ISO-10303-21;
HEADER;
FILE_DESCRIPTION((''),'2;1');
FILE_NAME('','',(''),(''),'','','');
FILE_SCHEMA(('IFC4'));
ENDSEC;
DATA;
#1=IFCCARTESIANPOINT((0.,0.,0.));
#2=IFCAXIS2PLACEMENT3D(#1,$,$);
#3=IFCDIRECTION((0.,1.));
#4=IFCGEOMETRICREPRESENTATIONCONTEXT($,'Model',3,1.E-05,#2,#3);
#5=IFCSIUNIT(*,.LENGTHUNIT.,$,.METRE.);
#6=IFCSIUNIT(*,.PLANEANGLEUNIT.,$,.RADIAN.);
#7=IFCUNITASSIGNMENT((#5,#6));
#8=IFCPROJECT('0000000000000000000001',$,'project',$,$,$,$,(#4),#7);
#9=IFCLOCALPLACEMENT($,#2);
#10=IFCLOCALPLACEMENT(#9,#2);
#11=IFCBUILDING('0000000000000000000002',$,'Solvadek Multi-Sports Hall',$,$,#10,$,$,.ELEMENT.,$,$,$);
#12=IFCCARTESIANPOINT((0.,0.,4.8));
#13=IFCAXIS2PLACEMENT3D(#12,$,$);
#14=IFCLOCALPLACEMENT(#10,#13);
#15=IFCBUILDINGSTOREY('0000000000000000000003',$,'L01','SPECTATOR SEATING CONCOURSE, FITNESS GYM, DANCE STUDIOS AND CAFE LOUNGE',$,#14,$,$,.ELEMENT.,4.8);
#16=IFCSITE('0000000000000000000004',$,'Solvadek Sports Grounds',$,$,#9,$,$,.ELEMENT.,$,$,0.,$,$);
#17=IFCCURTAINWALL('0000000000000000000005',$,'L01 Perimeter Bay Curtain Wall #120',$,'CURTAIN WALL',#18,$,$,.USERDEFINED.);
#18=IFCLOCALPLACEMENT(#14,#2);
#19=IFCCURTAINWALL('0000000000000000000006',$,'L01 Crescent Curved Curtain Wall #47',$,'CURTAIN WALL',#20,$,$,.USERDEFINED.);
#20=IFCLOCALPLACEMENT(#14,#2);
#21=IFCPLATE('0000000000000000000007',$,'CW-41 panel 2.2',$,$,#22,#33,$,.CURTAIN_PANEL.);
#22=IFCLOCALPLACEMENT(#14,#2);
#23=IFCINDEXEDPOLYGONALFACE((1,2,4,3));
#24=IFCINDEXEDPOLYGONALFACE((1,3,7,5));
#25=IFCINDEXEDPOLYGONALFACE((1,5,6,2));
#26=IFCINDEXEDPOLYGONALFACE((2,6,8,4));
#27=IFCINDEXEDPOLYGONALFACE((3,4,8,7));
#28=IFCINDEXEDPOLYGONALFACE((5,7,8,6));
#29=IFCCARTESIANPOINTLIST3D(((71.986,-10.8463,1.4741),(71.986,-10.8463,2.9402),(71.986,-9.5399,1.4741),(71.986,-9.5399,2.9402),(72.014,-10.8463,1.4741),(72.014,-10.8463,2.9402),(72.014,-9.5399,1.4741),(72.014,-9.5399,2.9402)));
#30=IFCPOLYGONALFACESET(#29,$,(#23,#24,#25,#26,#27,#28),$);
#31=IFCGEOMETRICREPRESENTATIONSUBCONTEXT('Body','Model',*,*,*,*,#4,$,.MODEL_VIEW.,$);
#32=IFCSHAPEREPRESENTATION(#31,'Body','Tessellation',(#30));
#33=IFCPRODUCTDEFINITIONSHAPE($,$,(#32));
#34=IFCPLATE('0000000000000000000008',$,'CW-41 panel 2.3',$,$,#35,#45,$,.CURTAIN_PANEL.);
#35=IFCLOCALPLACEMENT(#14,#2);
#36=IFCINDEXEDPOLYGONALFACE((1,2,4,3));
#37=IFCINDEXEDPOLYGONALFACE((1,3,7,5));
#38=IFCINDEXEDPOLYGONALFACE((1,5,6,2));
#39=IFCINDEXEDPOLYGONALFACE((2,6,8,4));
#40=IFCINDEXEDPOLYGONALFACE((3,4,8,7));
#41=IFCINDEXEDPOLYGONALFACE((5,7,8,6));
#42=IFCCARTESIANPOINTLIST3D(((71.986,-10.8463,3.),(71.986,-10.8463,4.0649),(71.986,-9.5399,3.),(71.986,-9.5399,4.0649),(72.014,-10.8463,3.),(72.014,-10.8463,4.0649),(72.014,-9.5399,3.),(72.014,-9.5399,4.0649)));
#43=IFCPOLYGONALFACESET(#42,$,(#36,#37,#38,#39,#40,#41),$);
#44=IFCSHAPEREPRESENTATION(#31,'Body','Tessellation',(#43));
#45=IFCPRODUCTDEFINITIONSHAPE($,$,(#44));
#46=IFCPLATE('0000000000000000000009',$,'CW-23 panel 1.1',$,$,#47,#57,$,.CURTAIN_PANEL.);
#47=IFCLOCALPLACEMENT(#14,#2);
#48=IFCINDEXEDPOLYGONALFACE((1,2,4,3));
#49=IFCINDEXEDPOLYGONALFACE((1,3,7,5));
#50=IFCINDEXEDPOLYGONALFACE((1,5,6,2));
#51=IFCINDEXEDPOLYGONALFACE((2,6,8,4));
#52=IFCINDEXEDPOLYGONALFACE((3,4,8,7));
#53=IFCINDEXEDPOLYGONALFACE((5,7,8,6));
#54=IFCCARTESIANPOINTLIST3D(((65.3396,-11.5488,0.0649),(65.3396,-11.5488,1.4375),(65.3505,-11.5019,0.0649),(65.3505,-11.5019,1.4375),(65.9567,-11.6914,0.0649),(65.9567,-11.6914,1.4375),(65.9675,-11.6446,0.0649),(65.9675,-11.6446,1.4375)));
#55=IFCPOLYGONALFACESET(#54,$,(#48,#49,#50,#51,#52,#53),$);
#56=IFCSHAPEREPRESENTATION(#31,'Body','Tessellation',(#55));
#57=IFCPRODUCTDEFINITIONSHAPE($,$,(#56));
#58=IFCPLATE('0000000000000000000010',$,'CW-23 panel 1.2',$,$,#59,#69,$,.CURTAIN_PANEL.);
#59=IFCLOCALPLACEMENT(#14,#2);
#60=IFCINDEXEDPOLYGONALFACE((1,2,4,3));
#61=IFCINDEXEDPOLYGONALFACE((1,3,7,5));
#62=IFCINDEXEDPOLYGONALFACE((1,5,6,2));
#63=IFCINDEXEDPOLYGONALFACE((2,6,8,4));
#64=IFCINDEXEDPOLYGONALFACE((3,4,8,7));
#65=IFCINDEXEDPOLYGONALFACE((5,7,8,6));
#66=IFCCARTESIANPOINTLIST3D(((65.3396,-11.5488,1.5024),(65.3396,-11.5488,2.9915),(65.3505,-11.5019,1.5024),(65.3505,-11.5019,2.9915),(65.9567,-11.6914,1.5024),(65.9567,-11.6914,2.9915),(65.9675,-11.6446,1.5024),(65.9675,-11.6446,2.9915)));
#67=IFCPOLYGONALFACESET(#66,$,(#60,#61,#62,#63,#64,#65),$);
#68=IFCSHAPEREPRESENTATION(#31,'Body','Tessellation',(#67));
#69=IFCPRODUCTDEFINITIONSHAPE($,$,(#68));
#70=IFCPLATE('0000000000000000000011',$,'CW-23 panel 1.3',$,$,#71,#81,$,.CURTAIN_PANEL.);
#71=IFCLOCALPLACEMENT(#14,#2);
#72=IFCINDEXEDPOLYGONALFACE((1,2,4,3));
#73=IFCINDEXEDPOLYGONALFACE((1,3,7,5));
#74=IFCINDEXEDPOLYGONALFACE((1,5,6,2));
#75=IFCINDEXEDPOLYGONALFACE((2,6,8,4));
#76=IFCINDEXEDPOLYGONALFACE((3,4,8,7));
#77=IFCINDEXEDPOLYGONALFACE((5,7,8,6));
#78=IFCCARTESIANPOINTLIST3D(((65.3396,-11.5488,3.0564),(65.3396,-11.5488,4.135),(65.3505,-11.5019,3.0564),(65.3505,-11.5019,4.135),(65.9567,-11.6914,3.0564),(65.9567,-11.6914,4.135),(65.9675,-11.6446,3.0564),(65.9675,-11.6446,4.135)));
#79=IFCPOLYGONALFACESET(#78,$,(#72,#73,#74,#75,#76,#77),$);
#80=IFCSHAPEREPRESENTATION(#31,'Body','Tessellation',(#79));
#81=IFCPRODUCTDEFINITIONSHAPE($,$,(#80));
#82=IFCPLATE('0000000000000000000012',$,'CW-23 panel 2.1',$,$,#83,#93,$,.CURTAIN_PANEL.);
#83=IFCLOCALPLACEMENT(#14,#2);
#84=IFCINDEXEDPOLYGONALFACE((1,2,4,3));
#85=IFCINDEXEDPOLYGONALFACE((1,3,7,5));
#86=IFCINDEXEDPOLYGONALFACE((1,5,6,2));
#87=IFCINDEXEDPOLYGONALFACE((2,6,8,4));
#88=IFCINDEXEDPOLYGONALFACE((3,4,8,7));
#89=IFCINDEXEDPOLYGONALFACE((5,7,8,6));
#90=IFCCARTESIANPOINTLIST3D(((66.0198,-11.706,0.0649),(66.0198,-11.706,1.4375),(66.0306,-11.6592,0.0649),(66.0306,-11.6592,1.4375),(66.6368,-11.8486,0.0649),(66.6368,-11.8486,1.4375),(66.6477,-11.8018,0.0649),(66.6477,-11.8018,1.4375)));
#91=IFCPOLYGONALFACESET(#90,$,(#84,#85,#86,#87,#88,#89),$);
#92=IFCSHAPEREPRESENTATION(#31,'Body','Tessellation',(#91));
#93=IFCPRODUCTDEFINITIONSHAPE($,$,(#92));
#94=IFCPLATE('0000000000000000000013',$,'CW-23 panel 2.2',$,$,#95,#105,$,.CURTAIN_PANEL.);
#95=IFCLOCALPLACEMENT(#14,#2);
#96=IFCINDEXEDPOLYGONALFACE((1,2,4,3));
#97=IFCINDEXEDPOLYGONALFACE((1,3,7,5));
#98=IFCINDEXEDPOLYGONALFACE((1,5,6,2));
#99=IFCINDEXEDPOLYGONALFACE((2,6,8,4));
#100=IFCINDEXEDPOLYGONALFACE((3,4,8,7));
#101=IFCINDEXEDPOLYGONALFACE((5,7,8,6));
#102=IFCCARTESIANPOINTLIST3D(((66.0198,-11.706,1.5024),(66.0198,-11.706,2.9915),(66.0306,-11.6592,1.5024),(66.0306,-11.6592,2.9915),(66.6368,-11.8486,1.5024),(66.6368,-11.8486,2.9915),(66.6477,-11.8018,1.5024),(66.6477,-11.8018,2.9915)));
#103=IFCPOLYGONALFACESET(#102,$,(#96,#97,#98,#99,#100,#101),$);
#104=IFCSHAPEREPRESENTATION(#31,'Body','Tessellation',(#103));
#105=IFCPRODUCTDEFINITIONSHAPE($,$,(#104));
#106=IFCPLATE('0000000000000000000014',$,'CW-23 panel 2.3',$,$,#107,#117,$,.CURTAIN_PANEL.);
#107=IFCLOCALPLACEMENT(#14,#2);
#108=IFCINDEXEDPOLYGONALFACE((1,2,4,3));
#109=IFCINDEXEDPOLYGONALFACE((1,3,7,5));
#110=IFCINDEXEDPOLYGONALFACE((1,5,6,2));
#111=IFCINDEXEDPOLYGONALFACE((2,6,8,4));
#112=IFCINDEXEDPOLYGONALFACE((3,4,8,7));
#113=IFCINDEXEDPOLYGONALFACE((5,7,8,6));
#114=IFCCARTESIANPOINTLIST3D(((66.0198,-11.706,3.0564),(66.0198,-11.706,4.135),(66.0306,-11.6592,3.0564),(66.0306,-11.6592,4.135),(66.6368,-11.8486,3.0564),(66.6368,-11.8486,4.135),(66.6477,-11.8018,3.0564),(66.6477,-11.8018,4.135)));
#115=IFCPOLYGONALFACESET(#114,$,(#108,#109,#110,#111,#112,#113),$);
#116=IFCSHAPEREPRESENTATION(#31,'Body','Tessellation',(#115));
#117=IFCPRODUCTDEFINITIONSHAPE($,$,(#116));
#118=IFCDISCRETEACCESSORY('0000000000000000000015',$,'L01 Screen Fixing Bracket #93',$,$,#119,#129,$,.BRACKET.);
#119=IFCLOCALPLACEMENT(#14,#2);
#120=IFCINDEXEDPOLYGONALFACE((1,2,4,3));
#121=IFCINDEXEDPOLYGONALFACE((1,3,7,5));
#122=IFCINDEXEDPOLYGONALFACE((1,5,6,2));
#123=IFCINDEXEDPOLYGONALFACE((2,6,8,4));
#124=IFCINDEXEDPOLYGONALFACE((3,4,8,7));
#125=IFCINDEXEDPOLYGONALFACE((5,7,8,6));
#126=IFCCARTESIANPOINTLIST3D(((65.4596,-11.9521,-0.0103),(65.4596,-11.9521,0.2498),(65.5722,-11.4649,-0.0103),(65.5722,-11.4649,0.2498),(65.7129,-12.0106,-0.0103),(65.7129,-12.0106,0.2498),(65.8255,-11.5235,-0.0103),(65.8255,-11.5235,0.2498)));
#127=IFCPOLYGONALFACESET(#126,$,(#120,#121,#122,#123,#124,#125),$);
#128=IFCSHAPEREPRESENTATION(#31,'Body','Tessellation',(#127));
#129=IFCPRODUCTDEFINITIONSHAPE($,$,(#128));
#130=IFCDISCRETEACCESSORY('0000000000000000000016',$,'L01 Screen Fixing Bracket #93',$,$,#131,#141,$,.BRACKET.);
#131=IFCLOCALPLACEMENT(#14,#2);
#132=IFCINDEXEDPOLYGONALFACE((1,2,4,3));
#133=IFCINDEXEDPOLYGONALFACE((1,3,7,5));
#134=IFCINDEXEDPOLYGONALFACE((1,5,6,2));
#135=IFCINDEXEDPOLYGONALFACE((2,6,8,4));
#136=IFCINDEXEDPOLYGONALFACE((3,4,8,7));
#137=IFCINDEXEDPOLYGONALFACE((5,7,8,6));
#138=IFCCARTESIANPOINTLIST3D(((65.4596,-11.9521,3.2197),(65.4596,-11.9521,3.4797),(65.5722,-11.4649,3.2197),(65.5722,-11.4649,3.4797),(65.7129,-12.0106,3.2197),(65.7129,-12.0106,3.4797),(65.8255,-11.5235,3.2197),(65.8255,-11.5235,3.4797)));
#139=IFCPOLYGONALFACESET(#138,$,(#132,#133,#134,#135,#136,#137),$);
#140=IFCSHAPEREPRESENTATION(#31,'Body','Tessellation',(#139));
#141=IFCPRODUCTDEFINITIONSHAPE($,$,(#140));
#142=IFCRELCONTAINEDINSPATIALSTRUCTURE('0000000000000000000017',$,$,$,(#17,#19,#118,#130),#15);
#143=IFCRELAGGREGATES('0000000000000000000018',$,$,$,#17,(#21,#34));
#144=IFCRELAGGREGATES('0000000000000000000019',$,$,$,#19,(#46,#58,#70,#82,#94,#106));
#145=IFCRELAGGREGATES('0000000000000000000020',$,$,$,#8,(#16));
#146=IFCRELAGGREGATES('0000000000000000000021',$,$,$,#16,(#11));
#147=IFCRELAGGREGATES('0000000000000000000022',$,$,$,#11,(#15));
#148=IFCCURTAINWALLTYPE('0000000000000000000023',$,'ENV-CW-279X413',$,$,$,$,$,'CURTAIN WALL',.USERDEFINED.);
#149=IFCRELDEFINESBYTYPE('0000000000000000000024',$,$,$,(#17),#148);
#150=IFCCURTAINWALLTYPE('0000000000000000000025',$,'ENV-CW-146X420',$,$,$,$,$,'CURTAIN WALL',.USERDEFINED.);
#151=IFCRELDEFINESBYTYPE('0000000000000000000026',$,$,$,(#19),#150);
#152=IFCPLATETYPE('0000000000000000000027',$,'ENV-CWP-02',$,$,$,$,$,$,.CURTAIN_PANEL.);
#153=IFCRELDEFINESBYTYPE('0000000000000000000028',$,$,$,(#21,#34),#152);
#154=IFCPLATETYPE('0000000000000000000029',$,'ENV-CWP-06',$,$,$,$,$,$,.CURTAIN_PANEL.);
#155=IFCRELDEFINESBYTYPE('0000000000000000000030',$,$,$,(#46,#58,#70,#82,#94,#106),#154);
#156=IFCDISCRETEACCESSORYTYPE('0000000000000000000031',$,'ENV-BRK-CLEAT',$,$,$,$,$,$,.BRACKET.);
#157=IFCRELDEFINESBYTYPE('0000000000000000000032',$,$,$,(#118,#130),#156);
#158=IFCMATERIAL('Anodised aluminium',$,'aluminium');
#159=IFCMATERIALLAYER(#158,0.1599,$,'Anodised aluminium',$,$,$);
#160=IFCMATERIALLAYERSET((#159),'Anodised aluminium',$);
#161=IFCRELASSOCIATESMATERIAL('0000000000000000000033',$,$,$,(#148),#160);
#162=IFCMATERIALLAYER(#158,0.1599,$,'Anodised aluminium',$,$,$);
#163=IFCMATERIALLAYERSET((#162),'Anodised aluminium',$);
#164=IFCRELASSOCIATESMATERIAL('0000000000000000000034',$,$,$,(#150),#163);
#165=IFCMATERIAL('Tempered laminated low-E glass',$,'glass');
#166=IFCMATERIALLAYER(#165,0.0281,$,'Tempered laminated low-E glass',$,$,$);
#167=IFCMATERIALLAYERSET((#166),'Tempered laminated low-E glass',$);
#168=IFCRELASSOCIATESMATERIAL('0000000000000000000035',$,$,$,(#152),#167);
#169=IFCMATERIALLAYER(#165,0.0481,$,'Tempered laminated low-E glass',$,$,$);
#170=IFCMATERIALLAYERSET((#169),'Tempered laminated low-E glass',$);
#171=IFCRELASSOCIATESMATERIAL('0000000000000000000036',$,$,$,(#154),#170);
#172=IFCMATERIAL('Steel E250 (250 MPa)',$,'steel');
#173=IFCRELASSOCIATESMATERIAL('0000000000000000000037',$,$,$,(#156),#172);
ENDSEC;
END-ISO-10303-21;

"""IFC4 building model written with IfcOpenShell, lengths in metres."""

from ifc_helpers import new_model, si_unit, direction, frame, origin, origin_2d, place, context, subcontext, project, spatial, rectangle, extrude, material, layer, layer_set, type_object, element, aggregate, save


model = new_model("IFC4")

# Units and contexts
model_context = context("Model", 3, precision=1e-05, world=origin(), true_north=direction((0.0, 1.0)))
body_context = subcontext(model_context, "Body", "Model", "MODEL_VIEW")
ifc_project = project(units=[si_unit("LENGTHUNIT", "METRE"), si_unit("PLANEANGLEUNIT", "RADIAN")], contexts=[model_context])

# Site, building, storey
site_placement = place(None, origin())
site = spatial("IfcSite", under=ifc_project, at=site_placement, Name="Solvadek Sports Grounds", CompositionType="ELEMENT", RefElevation=0.0)
building_placement = place(site_placement, origin())
building = spatial("IfcBuilding", under=site, at=building_placement, Name="Solvadek Multi-Sports Hall", CompositionType="ELEMENT")
storey_placement = place(building_placement, frame((0.0, 0.0, 4.8)))
storey = spatial("IfcBuildingStorey", under=building, at=storey_placement, Name="L01", Description="SPECTATOR SEATING CONCOURSE, FITNESS GYM, DANCE STUDIOS AND CAFE LOUNGE", CompositionType="ELEMENT", Elevation=4.8)

# Curtain walls
ifc_material_1 = material(Name="Anodised aluminium", Category="aluminium")
ifc_layer_1 = layer(ifc_material_1, 0.1599, Name="Anodised aluminium")
ifc_layer_set_1 = layer_set([ifc_layer_1], Name="Anodised aluminium")
curtain_wall_type_1 = type_object("IfcCurtainWallType", Name="ENV-CW-279X413", ElementType="CURTAIN WALL", PredefinedType="USERDEFINED", material=ifc_layer_set_1)
curtain_wall_1_placement = place(storey_placement, origin())
curtain_wall_1 = element("IfcCurtainWall", 1, at=curtain_wall_1_placement, inside=storey, type_object=curtain_wall_type_1, Name="L01 Perimeter Bay Curtain Wall #120", ObjectType="CURTAIN WALL", PredefinedType="USERDEFINED")
ifc_layer_2 = layer(ifc_material_1, 0.1599, Name="Anodised aluminium")
ifc_layer_set_2 = layer_set([ifc_layer_2], Name="Anodised aluminium")
curtain_wall_type_2 = type_object("IfcCurtainWallType", Name="ENV-CW-146X420", ElementType="CURTAIN WALL", PredefinedType="USERDEFINED", material=ifc_layer_set_2)
curtain_wall_2_placement = place(storey_placement, origin())
curtain_wall_2 = element("IfcCurtainWall", 2, at=curtain_wall_2_placement, inside=storey, type_object=curtain_wall_type_2, Name="L01 Crescent Curved Curtain Wall #47", ObjectType="CURTAIN WALL", PredefinedType="USERDEFINED")

# Plates
ifc_material_2 = material(Name="Tempered laminated low-E glass", Category="glass")
ifc_layer_3 = layer(ifc_material_2, 0.0281, Name="Tempered laminated low-E glass")
ifc_layer_set_3 = layer_set([ifc_layer_3], Name="Tempered laminated low-E glass")
plate_type_1 = type_object("IfcPlateType", Name="ENV-CWP-02", PredefinedType="CURTAIN_PANEL", material=ifc_layer_set_3)
plate_1_placement = place(storey_placement, frame((72.0, -10.1931, 1.4741), z_axis=(0.0, 0.0, 1.0), x_axis=(0.0, 1.0, 0.0)))
plate_1 = element("IfcPlate", 3, at=plate_1_placement, type_object=plate_type_1, Name="CW-41 panel 2.2", PredefinedType="CURTAIN_PANEL", context=body_context, shape_type="SweptSolid", body=[
    extrude(rectangle(XDim=1.3064, YDim=0.0281, at=origin_2d()), origin(), (0.0, 0.0, 1.0), 1.4661),
])
plate_2_placement = place(storey_placement, frame((72.0, -10.1931, 3.0), z_axis=(0.0, 0.0, 1.0), x_axis=(0.0, 1.0, 0.0)))
plate_2 = element("IfcPlate", 4, at=plate_2_placement, type_object=plate_type_1, Name="CW-41 panel 2.3", PredefinedType="CURTAIN_PANEL", context=body_context, shape_type="SweptSolid", body=[
    extrude(rectangle(XDim=1.3064, YDim=0.0281, at=origin_2d()), origin(), (0.0, 0.0, 1.0), 1.0649),
])
aggregate(curtain_wall_1, [plate_1, plate_2])
ifc_layer_4 = layer(ifc_material_2, 0.0481, Name="Tempered laminated low-E glass")
ifc_layer_set_4 = layer_set([ifc_layer_4], Name="Tempered laminated low-E glass")
plate_type_2 = type_object("IfcPlateType", Name="ENV-CWP-06", PredefinedType="CURTAIN_PANEL", material=ifc_layer_set_4)
plate_3_placement = place(storey_placement, frame((65.6536, -11.5967, 0.0649), z_axis=(0.0, 0.0, 1.0), x_axis=(0.974315, -0.225189, 0.0)))
plate_3 = element("IfcPlate", 5, at=plate_3_placement, type_object=plate_type_2, Name="CW-23 panel 1.1", PredefinedType="CURTAIN_PANEL", context=body_context, shape_type="SweptSolid", body=[
    extrude(rectangle(XDim=0.6333, YDim=0.0481, at=origin_2d()), origin(), (0.0, 0.0, 1.0), 1.3726),
])
plate_4_placement = place(storey_placement, frame((65.6536, -11.5967, 1.5024), z_axis=(0.0, 0.0, 1.0), x_axis=(0.974315, -0.225189, 0.0)))
plate_4 = element("IfcPlate", 6, at=plate_4_placement, type_object=plate_type_2, Name="CW-23 panel 1.2", PredefinedType="CURTAIN_PANEL", context=body_context, shape_type="SweptSolid", body=[
    extrude(rectangle(XDim=0.6333, YDim=0.0481, at=origin_2d()), origin(), (0.0, 0.0, 1.0), 1.489),
])
plate_5_placement = place(storey_placement, frame((65.6536, -11.5967, 3.0564), z_axis=(0.0, 0.0, 1.0), x_axis=(0.974315, -0.225189, 0.0)))
plate_5 = element("IfcPlate", 7, at=plate_5_placement, type_object=plate_type_2, Name="CW-23 panel 1.3", PredefinedType="CURTAIN_PANEL", context=body_context, shape_type="SweptSolid", body=[
    extrude(rectangle(XDim=0.6333, YDim=0.0481, at=origin_2d()), origin(), (0.0, 0.0, 1.0), 1.0786),
])
plate_6_placement = place(storey_placement, frame((66.3337, -11.7539, 0.0649), z_axis=(0.0, 0.0, 1.0), x_axis=(0.974315, -0.225189, 0.0)))
plate_6 = element("IfcPlate", 8, at=plate_6_placement, type_object=plate_type_2, Name="CW-23 panel 2.1", PredefinedType="CURTAIN_PANEL", context=body_context, shape_type="SweptSolid", body=[
    extrude(rectangle(XDim=0.6333, YDim=0.0481, at=origin_2d()), origin(), (0.0, 0.0, 1.0), 1.3726),
])
plate_7_placement = place(storey_placement, frame((66.3337, -11.7539, 1.5024), z_axis=(0.0, 0.0, 1.0), x_axis=(0.974315, -0.225189, 0.0)))
plate_7 = element("IfcPlate", 9, at=plate_7_placement, type_object=plate_type_2, Name="CW-23 panel 2.2", PredefinedType="CURTAIN_PANEL", context=body_context, shape_type="SweptSolid", body=[
    extrude(rectangle(XDim=0.6333, YDim=0.0481, at=origin_2d()), origin(), (0.0, 0.0, 1.0), 1.489),
])
plate_8_placement = place(storey_placement, frame((66.3337, -11.7539, 3.0564), z_axis=(0.0, 0.0, 1.0), x_axis=(0.974315, -0.225189, 0.0)))
plate_8 = element("IfcPlate", 10, at=plate_8_placement, type_object=plate_type_2, Name="CW-23 panel 2.3", PredefinedType="CURTAIN_PANEL", context=body_context, shape_type="SweptSolid", body=[
    extrude(rectangle(XDim=0.6333, YDim=0.0481, at=origin_2d()), origin(), (0.0, 0.0, 1.0), 1.0786),
])
aggregate(curtain_wall_2, [plate_3, plate_4, plate_5, plate_6, plate_7, plate_8])

# Discrete accessories
ifc_material_3 = material(Name="Steel E250 (250 MPa)", Category="steel")
discrete_accessory_type = type_object("IfcDiscreteAccessoryType", Name="ENV-BRK-CLEAT", PredefinedType="BRACKET", material=ifc_material_3)
for number, where, z_axis, x_axis, name in (
    (11, (65.6426, -11.7378, -0.0103), (0.0, 0.0, 1.0), (0.974313, -0.225197, 0.0), "L01 Screen Fixing Bracket #93"),
    (12, (65.6426, -11.7378, 3.2197), (0.0, 0.0, 1.0), (0.974313, -0.225197, 0.0), "L01 Screen Fixing Bracket #93"),
):
    element("IfcDiscreteAccessory", number, at=place(storey_placement, frame(where, z_axis=z_axis, x_axis=x_axis)), inside=storey, type_object=discrete_accessory_type, Name=name, PredefinedType="BRACKET", context=body_context, shape_type="SweptSolid", body=[
        extrude(rectangle(XDim=0.26, YDim=0.5, at=origin_2d()), origin(), (0.0, 0.0, 1.0), 0.26),
    ])

save(model, "model.ifc")
